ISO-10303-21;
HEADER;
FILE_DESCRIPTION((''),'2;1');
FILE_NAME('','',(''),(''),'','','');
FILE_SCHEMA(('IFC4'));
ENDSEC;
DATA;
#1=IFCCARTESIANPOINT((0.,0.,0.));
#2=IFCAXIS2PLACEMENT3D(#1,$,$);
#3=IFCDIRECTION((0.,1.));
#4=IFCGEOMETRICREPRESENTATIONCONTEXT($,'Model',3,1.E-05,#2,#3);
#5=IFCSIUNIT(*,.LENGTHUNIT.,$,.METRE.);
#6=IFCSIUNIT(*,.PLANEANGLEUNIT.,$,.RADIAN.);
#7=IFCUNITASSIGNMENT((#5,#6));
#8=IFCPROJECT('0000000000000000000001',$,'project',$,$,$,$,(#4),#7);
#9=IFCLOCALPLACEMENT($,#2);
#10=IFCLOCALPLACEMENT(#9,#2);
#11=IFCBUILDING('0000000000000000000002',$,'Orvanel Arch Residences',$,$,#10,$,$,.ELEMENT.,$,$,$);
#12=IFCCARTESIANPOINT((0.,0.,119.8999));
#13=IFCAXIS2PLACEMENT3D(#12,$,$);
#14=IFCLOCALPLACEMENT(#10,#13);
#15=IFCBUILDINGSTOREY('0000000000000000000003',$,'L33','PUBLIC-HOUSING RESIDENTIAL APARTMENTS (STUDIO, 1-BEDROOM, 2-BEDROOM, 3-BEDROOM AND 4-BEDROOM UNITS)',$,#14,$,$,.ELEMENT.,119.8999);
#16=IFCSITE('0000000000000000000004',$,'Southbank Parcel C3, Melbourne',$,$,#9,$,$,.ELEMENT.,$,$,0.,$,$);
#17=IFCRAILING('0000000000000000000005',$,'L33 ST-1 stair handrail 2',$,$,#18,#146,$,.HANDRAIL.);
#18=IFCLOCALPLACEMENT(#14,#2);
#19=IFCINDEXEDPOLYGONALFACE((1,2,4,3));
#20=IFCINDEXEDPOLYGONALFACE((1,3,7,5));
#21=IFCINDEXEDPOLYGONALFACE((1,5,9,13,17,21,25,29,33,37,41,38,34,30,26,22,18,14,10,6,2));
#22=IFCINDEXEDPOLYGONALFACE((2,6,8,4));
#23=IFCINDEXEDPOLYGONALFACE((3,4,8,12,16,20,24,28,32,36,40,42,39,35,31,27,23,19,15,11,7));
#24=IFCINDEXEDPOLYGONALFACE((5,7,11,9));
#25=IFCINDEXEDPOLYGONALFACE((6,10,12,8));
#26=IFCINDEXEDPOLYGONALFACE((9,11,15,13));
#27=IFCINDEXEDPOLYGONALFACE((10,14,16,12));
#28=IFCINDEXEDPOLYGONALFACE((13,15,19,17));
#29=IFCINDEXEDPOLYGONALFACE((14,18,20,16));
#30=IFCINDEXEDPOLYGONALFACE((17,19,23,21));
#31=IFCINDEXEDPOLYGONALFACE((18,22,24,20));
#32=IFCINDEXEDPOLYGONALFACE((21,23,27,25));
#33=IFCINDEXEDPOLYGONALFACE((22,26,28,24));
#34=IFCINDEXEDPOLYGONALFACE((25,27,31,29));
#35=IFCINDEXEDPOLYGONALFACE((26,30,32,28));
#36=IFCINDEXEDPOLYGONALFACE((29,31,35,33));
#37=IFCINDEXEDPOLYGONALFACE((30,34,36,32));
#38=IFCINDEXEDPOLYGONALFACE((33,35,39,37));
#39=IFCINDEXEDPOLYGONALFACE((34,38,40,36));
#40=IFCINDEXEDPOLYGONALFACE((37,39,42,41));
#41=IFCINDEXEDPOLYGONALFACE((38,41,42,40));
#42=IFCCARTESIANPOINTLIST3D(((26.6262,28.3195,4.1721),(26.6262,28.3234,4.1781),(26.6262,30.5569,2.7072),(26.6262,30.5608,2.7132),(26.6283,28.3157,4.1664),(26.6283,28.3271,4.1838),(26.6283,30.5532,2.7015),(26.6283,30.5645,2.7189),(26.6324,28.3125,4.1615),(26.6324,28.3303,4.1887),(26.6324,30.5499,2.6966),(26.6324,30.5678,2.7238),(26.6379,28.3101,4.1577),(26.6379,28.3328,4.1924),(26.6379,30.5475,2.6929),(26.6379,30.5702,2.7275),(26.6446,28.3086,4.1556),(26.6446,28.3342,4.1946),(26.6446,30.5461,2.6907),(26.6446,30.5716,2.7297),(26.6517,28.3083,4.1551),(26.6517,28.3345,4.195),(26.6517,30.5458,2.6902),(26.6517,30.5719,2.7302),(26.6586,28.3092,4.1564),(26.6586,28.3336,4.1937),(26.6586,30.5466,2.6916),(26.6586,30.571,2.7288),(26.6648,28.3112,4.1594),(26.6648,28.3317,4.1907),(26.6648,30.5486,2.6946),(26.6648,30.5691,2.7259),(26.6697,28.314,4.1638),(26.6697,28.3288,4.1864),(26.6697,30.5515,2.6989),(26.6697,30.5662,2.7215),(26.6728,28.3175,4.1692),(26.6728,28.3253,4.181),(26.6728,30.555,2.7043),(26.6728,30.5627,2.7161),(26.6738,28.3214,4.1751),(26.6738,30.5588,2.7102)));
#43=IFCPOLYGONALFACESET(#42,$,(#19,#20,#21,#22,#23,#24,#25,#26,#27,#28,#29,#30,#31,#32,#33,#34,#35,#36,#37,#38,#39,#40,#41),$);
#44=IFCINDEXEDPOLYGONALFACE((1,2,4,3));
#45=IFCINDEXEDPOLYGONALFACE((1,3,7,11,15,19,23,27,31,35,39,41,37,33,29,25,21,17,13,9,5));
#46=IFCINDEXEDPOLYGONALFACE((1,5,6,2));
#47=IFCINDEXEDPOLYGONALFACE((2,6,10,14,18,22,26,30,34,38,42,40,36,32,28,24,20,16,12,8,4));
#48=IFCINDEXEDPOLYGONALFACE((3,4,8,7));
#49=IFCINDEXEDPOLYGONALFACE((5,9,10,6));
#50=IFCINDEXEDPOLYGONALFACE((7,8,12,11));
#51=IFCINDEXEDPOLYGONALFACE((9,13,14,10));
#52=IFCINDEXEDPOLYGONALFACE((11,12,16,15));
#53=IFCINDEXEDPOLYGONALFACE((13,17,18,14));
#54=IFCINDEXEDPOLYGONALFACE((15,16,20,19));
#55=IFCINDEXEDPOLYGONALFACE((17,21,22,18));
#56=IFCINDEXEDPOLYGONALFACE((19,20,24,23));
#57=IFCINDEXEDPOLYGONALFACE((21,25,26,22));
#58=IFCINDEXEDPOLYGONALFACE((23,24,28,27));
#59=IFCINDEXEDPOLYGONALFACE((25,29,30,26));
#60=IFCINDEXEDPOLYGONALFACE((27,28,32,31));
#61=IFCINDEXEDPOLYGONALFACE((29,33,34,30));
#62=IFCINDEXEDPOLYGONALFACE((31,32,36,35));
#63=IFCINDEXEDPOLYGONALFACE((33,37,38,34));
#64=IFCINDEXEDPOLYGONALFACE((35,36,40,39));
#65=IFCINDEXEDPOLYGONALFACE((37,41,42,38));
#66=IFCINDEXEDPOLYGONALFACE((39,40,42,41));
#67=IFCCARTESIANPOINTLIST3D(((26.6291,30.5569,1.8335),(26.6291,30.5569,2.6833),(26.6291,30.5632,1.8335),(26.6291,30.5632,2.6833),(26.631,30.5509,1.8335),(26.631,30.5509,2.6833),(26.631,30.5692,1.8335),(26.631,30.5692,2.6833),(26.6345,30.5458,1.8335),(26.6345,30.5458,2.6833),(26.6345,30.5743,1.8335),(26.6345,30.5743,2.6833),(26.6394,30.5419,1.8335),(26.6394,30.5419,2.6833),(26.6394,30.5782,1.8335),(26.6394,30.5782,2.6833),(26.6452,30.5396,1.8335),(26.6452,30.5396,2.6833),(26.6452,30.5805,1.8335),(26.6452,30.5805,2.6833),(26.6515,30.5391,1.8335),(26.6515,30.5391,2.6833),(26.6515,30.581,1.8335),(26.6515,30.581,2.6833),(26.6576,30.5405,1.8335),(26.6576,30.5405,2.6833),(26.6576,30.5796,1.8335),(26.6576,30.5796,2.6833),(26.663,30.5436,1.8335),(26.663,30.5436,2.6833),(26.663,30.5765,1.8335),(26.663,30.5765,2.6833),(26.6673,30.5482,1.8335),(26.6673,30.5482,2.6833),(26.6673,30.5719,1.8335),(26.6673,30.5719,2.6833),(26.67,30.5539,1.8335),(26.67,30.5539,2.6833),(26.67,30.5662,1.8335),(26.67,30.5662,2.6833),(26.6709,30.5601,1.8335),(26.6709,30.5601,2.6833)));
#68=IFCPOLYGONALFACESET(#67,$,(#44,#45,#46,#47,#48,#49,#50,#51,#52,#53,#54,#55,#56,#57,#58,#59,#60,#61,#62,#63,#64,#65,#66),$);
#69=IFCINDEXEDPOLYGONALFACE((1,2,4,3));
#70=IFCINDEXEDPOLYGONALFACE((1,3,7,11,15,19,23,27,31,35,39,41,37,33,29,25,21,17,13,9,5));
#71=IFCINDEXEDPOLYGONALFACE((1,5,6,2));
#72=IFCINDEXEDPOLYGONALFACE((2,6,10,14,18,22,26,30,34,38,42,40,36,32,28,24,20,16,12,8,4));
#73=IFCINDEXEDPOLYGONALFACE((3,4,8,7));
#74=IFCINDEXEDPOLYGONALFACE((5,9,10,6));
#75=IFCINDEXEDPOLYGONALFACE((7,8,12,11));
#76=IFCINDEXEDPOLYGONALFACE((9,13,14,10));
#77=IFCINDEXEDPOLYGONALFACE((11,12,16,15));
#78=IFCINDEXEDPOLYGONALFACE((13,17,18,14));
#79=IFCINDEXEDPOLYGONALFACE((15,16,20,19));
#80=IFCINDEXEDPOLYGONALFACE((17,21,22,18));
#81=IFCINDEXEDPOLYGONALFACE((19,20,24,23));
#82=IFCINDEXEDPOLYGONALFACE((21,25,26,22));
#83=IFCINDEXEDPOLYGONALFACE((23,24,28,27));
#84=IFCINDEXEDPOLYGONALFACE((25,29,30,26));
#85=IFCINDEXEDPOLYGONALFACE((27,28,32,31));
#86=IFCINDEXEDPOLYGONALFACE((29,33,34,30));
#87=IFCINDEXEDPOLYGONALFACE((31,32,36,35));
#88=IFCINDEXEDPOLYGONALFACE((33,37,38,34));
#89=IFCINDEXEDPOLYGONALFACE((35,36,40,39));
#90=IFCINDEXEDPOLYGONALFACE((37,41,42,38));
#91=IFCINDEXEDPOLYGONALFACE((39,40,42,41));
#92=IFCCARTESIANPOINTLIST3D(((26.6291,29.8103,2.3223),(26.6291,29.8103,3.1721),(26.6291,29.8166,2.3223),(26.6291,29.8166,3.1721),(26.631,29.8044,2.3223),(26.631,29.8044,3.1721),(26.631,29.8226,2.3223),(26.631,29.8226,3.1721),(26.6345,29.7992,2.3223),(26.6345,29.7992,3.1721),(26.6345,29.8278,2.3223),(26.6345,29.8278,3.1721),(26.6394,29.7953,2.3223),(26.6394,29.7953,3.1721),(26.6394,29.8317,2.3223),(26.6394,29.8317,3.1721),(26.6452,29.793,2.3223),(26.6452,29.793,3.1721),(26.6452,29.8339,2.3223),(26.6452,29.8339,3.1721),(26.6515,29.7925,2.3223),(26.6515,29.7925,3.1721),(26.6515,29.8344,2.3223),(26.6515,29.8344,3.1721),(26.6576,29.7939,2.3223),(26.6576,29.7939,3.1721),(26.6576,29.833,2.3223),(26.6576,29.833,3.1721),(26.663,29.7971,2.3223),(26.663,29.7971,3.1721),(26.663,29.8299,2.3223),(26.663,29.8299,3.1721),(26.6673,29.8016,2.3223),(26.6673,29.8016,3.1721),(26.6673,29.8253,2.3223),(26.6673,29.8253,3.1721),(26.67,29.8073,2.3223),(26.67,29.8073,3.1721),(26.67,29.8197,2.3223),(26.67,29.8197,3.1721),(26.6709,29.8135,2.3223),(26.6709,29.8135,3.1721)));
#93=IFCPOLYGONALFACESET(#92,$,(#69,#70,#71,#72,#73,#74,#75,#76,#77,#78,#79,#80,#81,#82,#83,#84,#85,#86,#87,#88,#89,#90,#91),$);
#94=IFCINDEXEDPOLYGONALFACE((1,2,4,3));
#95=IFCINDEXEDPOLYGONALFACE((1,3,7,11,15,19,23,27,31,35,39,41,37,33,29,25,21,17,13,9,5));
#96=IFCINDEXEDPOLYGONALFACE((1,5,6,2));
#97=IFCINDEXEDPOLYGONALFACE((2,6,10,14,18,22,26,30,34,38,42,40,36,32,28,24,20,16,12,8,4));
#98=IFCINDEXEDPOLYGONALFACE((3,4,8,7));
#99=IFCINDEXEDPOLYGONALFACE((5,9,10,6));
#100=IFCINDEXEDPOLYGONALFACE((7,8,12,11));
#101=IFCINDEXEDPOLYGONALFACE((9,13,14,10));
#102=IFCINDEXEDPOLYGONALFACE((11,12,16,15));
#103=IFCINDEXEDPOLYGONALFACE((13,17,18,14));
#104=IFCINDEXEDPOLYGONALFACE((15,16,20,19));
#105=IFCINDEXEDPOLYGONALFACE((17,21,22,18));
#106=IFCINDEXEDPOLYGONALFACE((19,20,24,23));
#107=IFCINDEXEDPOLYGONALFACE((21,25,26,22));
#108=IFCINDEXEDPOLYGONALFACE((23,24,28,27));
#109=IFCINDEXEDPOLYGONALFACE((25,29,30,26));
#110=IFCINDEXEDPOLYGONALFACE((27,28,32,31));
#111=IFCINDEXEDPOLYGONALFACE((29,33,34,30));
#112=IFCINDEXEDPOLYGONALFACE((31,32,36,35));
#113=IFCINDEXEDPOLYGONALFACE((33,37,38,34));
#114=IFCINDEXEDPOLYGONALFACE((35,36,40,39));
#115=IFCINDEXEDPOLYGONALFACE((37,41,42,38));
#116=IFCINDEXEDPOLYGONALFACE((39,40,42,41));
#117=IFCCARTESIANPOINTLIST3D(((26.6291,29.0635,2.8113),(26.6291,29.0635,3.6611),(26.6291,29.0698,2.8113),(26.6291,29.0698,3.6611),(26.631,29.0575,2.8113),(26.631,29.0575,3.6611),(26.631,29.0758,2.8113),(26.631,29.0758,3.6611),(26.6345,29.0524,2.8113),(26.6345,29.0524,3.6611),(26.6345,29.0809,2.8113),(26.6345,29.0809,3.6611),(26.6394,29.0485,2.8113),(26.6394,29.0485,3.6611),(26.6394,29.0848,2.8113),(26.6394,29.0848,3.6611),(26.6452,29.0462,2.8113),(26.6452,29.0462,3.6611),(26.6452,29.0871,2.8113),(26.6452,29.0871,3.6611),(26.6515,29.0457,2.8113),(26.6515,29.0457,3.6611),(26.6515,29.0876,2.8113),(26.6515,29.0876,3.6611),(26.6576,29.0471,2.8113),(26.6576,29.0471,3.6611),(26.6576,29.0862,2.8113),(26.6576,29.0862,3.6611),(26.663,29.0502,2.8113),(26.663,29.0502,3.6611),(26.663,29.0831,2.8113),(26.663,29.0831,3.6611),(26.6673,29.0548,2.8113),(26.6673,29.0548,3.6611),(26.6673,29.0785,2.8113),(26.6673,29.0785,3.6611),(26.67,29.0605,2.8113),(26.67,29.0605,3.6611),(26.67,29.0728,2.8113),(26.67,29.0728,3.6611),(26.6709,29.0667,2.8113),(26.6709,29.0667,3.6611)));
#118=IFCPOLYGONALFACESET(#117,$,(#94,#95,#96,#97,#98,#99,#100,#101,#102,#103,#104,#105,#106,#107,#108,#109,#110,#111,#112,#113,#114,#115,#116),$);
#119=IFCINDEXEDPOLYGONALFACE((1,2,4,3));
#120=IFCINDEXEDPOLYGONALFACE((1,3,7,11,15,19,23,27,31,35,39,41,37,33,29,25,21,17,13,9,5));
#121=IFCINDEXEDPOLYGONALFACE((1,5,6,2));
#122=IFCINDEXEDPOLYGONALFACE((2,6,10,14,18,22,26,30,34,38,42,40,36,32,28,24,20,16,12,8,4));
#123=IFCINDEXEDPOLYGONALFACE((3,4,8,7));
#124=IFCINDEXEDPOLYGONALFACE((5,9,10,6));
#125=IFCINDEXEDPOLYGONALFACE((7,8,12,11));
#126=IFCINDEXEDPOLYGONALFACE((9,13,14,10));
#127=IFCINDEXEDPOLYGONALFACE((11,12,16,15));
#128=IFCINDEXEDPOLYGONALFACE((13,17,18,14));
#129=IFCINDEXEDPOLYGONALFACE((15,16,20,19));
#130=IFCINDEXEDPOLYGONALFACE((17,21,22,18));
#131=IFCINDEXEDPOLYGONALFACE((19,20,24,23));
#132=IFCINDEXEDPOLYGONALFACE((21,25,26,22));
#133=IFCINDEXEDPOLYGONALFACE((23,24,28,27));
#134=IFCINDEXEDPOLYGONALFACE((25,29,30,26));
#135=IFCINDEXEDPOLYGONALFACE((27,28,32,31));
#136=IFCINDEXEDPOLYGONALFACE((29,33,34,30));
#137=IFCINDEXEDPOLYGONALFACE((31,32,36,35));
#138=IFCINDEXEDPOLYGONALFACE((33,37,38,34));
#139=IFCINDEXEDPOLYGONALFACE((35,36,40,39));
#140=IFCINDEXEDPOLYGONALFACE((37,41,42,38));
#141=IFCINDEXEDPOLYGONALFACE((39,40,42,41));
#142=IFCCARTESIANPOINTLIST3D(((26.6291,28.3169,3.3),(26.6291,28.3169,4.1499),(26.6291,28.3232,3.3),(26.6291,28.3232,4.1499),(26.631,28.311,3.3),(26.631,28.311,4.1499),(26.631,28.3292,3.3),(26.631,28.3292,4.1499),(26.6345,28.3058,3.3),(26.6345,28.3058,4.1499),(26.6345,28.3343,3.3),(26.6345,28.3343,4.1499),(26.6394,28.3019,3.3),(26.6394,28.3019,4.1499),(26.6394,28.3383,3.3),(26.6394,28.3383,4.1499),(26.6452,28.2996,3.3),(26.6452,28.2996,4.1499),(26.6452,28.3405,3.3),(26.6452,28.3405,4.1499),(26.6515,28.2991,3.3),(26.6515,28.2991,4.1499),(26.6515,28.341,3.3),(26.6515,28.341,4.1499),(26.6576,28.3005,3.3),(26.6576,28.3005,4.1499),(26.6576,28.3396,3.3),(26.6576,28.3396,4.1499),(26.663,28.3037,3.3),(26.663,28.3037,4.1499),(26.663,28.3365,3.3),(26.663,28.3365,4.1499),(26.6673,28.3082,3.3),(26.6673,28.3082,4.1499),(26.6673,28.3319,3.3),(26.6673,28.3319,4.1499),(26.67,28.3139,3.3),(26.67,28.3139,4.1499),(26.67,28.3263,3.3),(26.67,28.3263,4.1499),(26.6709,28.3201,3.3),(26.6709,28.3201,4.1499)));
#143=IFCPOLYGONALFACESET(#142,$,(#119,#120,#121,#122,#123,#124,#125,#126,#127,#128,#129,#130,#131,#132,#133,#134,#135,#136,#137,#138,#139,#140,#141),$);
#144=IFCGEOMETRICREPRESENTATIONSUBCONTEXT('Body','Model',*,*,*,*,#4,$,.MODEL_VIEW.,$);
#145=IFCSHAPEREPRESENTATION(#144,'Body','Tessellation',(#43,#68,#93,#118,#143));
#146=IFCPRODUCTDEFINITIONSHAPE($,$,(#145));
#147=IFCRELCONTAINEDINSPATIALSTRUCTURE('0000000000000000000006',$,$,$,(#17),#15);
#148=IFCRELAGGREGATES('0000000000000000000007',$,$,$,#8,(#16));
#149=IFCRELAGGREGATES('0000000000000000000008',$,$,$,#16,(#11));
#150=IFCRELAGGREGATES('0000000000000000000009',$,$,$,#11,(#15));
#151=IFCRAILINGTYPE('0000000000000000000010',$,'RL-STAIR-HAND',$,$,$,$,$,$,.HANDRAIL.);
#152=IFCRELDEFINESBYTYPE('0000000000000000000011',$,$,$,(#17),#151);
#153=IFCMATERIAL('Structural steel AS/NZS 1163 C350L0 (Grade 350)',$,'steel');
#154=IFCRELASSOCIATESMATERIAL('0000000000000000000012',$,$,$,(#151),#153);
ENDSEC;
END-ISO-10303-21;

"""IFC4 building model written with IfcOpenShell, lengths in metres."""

from ifc_helpers import new_model, si_unit, direction, frame, origin, origin_2d, place, context, subcontext, project, spatial, circle, extrude, material, type_object, element, save


model = new_model("IFC4")

# Units and contexts
model_context = context("Model", 3, precision=1e-05, world=origin(), true_north=direction((0.0, 1.0)))
body_context = subcontext(model_context, "Body", "Model", "MODEL_VIEW")
ifc_project = project(units=[si_unit("LENGTHUNIT", "METRE"), si_unit("PLANEANGLEUNIT", "RADIAN")], contexts=[model_context])

# Site, building, storey
site_placement = place(None, origin())
site = spatial("IfcSite", under=ifc_project, at=site_placement, Name="Southbank Parcel C3, Melbourne", CompositionType="ELEMENT", RefElevation=0.0)
building_placement = place(site_placement, origin())
building = spatial("IfcBuilding", under=site, at=building_placement, Name="Orvanel Arch Residences", CompositionType="ELEMENT")
storey_placement = place(building_placement, frame((0.0, 0.0, 119.8999)))
storey = spatial("IfcBuildingStorey", under=building, at=storey_placement, Name="L33", Description="PUBLIC-HOUSING RESIDENTIAL APARTMENTS (STUDIO, 1-BEDROOM, 2-BEDROOM, 3-BEDROOM AND 4-BEDROOM UNITS)", CompositionType="ELEMENT", Elevation=119.8999)

# Railing
ifc_material_1 = material(Name="Structural steel AS/NZS 1163 C350L0 (Grade 350)", Category="steel")
railing_type_1 = type_object("IfcRailingType", Name="RL-STAIR-HAND", PredefinedType="HANDRAIL", material=ifc_material_1)
railing_1_placement = place(storey_placement, frame((26.6499, 30.5601, 1.8335)))
element("IfcRailing", 1, at=railing_1_placement, inside=storey, type_object=railing_type_1, Name="L33 ST-1 stair handrail 2", PredefinedType="HANDRAIL", context=body_context, shape_type="SweptSolid", body=[
    extrude(circle(Radius=0.0239, at=origin_2d()), frame((0.0, -0.0012, 0.8767), z_axis=(0.0, -0.836637, 0.547758), x_axis=(1.0, 0.0, 0.0)), (0.0, 0.0, 1.0), 2.6743),
    extrude(circle(Radius=0.021, at=origin_2d()), origin(), (0.0, 0.0, 1.0), 0.8499),
    extrude(circle(Radius=0.021, at=origin_2d()), frame((0.0, -0.7466, 0.4888)), (0.0, 0.0, 1.0), 0.8499),
    extrude(circle(Radius=0.021, at=origin_2d()), frame((0.0, -1.4934, 0.9778)), (0.0, 0.0, 1.0), 0.8499),
    extrude(circle(Radius=0.021, at=origin_2d()), frame((0.0, -2.24, 1.4666)), (0.0, 0.0, 1.0), 0.8499),
])

save(model, "model.ifc")
